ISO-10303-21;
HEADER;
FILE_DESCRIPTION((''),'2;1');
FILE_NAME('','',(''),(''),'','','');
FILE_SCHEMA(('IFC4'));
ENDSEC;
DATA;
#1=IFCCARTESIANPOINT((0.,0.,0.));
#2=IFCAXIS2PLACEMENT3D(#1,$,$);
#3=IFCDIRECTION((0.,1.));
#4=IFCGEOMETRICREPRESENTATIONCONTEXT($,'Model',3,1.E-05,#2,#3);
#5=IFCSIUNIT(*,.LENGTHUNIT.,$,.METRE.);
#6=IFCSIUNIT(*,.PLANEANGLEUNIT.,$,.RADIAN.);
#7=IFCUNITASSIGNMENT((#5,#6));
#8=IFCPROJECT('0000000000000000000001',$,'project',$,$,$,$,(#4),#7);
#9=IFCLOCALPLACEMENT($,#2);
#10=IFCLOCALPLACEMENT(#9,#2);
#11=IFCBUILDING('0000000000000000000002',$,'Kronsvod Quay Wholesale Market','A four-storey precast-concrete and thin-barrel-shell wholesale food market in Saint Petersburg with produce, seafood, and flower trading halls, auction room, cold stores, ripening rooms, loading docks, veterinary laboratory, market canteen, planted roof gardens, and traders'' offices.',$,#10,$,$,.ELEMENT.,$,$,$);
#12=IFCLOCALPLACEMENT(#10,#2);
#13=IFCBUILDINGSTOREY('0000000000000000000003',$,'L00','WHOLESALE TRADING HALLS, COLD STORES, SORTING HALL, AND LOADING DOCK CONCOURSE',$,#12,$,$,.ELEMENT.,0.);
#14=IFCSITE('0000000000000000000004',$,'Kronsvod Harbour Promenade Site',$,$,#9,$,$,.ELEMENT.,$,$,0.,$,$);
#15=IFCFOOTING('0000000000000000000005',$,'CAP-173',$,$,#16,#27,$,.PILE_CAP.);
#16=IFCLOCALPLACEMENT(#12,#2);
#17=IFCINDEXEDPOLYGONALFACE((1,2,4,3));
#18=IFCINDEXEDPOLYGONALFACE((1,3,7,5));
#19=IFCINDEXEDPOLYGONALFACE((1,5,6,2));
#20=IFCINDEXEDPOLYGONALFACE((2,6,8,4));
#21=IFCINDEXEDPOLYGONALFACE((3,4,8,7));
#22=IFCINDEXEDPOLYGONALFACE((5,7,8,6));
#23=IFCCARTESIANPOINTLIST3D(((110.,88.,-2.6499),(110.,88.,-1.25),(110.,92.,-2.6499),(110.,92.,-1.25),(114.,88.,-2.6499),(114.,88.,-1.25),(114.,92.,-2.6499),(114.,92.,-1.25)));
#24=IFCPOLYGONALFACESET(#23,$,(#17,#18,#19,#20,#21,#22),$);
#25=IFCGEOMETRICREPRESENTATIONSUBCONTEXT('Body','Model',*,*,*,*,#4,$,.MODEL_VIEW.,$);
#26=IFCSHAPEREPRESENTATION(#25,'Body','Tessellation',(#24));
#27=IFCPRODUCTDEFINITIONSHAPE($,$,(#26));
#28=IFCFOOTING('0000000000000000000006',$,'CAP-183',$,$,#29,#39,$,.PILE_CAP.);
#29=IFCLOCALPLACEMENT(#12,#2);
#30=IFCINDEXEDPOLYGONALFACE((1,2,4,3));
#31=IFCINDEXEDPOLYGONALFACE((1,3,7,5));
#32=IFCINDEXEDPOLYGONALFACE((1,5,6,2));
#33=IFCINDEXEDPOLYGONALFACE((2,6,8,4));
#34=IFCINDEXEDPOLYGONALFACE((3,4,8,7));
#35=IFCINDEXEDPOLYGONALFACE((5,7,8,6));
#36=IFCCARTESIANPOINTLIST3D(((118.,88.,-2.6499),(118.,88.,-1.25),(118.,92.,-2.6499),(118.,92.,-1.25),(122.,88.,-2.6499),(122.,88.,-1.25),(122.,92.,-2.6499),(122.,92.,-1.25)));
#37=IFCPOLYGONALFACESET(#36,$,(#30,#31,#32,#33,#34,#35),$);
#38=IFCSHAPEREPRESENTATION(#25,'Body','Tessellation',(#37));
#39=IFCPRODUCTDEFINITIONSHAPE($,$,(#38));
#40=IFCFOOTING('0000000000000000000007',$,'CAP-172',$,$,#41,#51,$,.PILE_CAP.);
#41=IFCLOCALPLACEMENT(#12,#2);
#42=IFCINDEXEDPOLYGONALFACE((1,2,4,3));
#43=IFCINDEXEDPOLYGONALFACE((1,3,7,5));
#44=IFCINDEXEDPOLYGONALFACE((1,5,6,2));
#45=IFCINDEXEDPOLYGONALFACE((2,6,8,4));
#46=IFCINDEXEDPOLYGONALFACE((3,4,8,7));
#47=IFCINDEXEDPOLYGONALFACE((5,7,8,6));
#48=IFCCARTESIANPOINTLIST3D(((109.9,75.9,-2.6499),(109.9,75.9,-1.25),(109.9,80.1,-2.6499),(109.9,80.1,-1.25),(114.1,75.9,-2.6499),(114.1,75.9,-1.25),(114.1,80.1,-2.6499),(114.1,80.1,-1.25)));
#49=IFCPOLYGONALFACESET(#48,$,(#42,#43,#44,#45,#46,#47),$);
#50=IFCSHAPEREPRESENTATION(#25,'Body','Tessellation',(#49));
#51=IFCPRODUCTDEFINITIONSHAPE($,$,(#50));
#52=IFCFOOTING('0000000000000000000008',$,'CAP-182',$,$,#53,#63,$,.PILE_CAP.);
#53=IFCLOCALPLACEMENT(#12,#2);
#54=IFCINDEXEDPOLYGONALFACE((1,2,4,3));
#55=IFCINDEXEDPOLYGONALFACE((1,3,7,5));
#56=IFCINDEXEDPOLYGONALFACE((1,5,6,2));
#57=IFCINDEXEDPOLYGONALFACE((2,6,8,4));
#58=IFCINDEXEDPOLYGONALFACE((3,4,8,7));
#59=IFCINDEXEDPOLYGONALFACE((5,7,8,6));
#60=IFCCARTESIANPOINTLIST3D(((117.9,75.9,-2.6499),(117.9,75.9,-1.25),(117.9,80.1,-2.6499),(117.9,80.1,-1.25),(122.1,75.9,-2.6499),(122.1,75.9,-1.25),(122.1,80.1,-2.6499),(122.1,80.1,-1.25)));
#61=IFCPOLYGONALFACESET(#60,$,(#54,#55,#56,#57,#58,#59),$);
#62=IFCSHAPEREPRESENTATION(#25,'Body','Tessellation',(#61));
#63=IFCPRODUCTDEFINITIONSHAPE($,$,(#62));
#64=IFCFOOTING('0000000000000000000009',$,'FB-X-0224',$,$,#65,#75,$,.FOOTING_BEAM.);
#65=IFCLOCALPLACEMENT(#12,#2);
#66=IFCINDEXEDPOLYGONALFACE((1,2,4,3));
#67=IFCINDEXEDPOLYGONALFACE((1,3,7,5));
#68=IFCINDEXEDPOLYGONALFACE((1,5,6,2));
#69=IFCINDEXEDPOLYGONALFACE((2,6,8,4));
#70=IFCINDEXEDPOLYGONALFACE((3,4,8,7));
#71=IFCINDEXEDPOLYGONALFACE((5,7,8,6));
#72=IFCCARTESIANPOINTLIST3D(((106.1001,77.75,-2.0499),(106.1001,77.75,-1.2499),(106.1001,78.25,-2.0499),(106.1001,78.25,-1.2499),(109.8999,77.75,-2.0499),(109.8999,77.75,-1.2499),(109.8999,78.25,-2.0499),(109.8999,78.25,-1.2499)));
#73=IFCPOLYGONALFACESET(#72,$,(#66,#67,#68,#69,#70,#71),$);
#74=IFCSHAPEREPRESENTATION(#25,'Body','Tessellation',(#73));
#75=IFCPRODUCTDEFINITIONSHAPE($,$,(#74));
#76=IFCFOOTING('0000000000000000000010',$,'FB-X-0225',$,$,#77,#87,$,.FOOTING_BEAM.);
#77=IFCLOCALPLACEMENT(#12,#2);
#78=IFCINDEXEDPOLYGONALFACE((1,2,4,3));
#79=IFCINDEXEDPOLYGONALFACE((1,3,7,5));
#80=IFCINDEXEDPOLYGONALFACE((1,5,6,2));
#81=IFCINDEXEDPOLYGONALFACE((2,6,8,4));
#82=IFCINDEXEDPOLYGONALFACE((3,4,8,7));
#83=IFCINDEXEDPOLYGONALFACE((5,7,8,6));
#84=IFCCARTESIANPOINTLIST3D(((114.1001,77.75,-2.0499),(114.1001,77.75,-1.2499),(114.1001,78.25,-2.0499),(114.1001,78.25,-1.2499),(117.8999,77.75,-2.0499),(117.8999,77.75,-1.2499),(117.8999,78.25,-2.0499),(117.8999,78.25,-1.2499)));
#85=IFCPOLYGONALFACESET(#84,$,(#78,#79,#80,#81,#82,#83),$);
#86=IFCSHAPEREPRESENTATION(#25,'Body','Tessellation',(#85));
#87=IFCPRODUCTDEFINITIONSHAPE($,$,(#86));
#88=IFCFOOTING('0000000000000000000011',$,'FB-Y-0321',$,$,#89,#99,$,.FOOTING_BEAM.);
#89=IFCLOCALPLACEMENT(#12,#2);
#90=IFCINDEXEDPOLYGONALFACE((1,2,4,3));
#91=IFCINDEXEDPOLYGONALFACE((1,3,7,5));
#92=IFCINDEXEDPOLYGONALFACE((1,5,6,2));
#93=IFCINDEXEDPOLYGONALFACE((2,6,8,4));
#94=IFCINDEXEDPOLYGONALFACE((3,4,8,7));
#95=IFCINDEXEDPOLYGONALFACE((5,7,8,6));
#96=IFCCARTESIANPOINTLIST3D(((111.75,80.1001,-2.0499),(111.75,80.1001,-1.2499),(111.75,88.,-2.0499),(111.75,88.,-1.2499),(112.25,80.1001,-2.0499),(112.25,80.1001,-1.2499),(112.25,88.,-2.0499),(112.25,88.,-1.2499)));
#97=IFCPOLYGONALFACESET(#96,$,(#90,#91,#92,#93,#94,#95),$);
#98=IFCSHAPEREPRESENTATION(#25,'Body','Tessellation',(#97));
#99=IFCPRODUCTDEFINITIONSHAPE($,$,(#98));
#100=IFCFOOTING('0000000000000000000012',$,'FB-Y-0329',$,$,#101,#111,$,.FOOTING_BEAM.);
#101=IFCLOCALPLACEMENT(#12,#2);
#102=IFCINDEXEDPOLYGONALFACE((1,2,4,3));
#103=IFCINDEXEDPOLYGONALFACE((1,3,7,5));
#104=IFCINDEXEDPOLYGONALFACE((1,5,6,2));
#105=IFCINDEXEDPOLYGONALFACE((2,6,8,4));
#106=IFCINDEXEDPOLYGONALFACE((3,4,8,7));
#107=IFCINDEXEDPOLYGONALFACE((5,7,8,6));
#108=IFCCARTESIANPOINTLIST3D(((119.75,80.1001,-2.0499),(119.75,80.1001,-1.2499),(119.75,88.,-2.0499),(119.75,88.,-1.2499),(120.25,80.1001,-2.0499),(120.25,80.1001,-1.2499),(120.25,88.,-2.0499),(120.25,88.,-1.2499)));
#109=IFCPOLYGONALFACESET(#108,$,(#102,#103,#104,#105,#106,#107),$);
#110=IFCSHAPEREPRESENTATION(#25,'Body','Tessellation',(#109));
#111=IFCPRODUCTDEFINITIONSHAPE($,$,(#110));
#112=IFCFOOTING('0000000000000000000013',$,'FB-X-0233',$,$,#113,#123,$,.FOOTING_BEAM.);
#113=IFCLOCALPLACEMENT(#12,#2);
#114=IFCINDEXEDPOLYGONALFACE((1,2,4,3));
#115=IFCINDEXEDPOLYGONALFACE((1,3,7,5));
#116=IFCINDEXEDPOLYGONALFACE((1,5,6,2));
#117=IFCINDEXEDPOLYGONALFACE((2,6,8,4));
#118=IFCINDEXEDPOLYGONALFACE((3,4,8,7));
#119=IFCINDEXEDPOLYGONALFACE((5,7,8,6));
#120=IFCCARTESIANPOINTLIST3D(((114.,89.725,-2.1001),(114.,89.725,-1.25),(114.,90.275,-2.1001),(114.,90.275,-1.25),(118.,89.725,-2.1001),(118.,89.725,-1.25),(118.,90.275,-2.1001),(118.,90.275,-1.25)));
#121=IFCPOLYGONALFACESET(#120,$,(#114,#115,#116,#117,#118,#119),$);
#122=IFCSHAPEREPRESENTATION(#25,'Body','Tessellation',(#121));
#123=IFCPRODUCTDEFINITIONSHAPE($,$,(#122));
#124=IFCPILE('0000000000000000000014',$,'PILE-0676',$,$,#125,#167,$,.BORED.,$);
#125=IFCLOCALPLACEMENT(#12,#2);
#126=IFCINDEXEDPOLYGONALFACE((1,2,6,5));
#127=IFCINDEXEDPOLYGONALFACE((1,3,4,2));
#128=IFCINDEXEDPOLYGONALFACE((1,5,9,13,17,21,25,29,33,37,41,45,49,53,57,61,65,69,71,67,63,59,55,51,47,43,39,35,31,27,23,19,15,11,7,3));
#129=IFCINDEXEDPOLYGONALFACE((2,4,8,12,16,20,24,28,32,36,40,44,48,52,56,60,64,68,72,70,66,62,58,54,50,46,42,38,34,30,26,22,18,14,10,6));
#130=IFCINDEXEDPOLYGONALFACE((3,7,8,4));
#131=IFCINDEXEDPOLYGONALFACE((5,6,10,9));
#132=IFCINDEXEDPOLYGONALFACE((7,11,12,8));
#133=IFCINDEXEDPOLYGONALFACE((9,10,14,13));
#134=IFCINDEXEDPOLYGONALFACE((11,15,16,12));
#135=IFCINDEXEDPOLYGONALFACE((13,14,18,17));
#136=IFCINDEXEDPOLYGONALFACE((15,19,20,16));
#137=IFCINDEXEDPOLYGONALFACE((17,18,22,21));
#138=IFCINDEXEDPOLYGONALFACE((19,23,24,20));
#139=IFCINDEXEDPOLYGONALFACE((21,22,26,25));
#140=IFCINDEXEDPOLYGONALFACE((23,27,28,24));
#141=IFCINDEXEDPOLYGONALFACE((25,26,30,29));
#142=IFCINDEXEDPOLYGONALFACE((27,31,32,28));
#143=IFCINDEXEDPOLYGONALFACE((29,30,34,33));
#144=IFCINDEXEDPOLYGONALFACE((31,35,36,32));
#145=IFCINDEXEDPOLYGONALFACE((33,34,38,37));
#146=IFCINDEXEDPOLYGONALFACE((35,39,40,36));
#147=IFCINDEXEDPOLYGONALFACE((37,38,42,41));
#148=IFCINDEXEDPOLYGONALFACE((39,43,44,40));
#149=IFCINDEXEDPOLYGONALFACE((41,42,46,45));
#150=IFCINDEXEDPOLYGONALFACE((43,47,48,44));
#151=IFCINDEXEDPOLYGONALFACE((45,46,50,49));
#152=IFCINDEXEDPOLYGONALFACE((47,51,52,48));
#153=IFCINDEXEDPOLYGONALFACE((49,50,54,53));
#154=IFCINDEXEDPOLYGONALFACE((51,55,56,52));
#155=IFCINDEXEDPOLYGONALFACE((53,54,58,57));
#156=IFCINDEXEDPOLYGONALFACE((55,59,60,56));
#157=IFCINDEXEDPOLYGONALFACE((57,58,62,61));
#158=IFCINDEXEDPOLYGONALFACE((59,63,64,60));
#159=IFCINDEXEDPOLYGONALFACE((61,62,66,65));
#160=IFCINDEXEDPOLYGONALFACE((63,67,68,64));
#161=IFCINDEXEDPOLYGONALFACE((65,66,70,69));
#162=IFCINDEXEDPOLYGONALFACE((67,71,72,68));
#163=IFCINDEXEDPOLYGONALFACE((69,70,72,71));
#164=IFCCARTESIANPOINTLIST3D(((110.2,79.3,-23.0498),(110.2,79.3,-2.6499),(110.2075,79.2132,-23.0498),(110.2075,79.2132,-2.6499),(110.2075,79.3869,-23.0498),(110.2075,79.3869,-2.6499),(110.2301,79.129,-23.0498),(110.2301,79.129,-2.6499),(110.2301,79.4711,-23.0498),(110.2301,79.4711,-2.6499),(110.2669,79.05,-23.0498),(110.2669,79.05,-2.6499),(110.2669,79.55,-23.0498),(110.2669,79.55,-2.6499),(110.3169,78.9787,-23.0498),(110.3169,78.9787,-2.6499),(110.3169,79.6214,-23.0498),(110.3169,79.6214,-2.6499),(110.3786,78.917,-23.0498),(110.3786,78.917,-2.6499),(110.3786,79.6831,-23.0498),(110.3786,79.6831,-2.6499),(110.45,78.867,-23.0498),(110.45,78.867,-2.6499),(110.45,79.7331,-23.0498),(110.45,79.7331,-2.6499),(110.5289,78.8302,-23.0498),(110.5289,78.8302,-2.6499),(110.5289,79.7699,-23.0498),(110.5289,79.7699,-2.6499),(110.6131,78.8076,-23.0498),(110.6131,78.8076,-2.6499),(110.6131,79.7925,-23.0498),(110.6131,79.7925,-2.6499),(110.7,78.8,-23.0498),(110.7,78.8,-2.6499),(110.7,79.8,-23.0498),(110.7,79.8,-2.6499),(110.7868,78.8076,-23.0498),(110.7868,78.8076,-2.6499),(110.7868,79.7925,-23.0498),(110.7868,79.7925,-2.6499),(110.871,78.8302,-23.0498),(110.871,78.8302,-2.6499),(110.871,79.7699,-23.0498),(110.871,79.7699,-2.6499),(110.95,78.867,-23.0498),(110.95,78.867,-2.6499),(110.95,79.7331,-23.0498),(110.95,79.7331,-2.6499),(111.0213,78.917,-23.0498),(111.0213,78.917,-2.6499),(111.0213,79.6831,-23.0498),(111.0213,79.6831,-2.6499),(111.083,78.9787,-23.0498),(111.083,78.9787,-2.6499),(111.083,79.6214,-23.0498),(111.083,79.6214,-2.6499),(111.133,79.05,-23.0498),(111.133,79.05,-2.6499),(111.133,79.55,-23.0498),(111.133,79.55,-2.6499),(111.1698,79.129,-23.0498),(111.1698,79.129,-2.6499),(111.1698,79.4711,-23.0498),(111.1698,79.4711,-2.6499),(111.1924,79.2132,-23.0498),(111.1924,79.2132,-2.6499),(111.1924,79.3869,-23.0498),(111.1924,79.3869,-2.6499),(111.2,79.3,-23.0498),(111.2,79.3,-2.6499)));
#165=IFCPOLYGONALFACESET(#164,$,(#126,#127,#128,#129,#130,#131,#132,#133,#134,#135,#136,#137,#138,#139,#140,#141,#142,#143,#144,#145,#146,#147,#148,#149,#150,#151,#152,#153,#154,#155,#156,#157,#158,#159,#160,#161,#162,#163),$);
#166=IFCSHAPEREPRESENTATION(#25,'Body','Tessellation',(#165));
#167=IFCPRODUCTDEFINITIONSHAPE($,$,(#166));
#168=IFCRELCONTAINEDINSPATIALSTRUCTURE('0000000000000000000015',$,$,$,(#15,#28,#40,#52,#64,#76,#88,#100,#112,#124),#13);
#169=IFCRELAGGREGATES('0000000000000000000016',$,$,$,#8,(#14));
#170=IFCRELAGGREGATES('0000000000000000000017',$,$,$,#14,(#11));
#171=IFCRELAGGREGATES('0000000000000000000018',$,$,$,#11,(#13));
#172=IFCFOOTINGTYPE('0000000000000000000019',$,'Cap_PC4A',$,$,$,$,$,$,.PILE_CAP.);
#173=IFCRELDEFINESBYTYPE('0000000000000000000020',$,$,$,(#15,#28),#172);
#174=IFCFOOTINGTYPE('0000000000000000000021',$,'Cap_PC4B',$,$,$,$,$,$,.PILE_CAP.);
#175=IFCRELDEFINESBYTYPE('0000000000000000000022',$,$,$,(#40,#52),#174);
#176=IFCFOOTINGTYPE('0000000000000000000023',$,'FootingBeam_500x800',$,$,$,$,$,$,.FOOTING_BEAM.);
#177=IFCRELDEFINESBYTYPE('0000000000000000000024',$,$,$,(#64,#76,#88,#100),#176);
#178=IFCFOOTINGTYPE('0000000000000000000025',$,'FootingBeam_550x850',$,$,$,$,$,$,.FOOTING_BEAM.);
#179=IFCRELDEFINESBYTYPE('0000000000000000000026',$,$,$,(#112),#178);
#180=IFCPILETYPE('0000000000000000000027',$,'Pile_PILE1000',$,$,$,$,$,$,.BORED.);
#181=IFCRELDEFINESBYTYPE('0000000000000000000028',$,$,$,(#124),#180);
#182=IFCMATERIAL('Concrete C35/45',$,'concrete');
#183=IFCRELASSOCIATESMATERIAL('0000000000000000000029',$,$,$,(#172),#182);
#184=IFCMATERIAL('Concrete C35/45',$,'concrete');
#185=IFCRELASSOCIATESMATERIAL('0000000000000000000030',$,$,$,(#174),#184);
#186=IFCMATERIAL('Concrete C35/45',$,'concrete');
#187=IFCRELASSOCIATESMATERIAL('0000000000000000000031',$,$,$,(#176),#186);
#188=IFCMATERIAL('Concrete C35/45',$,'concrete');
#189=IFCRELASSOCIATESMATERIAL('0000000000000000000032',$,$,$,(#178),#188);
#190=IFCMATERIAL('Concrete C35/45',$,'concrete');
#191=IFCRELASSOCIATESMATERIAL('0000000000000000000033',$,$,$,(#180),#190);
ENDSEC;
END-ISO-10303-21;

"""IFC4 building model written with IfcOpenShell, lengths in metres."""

from ifc_helpers import new_model, si_unit, direction, frame, origin, origin_2d, place, context, subcontext, project, spatial, rectangle, circle, extrude, material, material_profile, profile_set, type_object, element, save


model = new_model("IFC4")

# Units and contexts
model_context = context("Model", 3, precision=1e-05, world=origin(), true_north=direction((0.0, 1.0)))
body_context = subcontext(model_context, "Body", "Model", "MODEL_VIEW")
ifc_project = project(units=[si_unit("LENGTHUNIT", "METRE"), si_unit("PLANEANGLEUNIT", "RADIAN")], contexts=[model_context])

# Site, building, storey
site_placement = place(None, origin())
site = spatial("IfcSite", under=ifc_project, at=site_placement, Name="Kronsvod Harbour Promenade Site", CompositionType="ELEMENT", RefElevation=0.0)
building_placement = place(site_placement, origin())
building = spatial("IfcBuilding", under=site, at=building_placement, Name="Kronsvod Quay Wholesale Market", Description="A four-storey precast-concrete and thin-barrel-shell wholesale food market in Saint Petersburg with produce, seafood, and flower trading halls, auction room, cold stores, ripening rooms, loading docks, veterinary laboratory, market canteen, planted roof gardens, and traders' offices.", CompositionType="ELEMENT")
storey_placement = place(building_placement, origin())
storey = spatial("IfcBuildingStorey", under=building, at=storey_placement, Name="L00", Description="WHOLESALE TRADING HALLS, COLD STORES, SORTING HALL, AND LOADING DOCK CONCOURSE", CompositionType="ELEMENT", Elevation=0.0)

# Footings
ifc_material_1 = material(Name="Concrete C35/45", Category="concrete")
footing_type_1 = type_object("IfcFootingType", Name="Cap_PC4A", PredefinedType="PILE_CAP", material=ifc_material_1)
for number, where, z_axis, x_axis, name in (
    (1, (112.0, 90.0, -2.6499), (0.0, 0.0, 1.0), (1.0, 0.0, 0.0), "CAP-173"),
    (2, (120.0, 90.0, -2.6499), (0.0, 0.0, 1.0), (1.0, 0.0, 0.0), "CAP-183"),
):
    element("IfcFooting", number, at=place(storey_placement, frame(where, z_axis=z_axis, x_axis=x_axis)), inside=storey, type_object=footing_type_1, Name=name, PredefinedType="PILE_CAP", context=body_context, shape_type="SweptSolid", body=[
        extrude(rectangle(XDim=4.0, YDim=4.0, at=origin_2d()), origin(), (0.0, 0.0, 1.0), 1.3999),
    ])
ifc_material_2 = material(Name="Concrete C35/45", Category="concrete")
footing_type_2 = type_object("IfcFootingType", Name="Cap_PC4B", PredefinedType="PILE_CAP", material=ifc_material_2)
for number, where, z_axis, x_axis, name in (
    (3, (112.0, 78.0, -2.6499), (0.0, 0.0, 1.0), (1.0, 0.0, 0.0), "CAP-172"),
    (4, (120.0, 78.0, -2.6499), (0.0, 0.0, 1.0), (1.0, 0.0, 0.0), "CAP-182"),
):
    element("IfcFooting", number, at=place(storey_placement, frame(where, z_axis=z_axis, x_axis=x_axis)), inside=storey, type_object=footing_type_2, Name=name, PredefinedType="PILE_CAP", context=body_context, shape_type="SweptSolid", body=[
        extrude(rectangle(XDim=4.2, YDim=4.2, at=origin_2d()), origin(), (0.0, 0.0, 1.0), 1.3999),
    ])
ifc_material_3 = material(Name="Concrete C35/45", Category="concrete")
ifc_material_profile_1 = material_profile(ifc_material_3, rectangle(XDim=0.5, YDim=0.8, at=origin_2d()), Name="FB-01")
ifc_profile_set_1 = profile_set([ifc_material_profile_1], Name="Concrete C35/45")
footing_type_3 = type_object("IfcFootingType", Name="FootingBeam_500x800", PredefinedType="FOOTING_BEAM", material=ifc_profile_set_1)
for number, where, z_axis, x_axis, name in (
    (5, (106.1001, 78.0, -1.6499), (1.0, 0.0, 0.0), (0.0, 1.0, 0.0), "FB-X-0224"),
    (6, (114.1001, 78.0, -1.6499), (1.0, 0.0, 0.0), (0.0, 1.0, 0.0), "FB-X-0225"),
):
    element("IfcFooting", number, at=place(storey_placement, frame(where, z_axis=z_axis, x_axis=x_axis)), inside=storey, type_object=footing_type_3, Name=name, PredefinedType="FOOTING_BEAM", context=body_context, shape_type="SweptSolid", body=[
        extrude(rectangle(XDim=0.5, YDim=0.8, at=origin_2d()), origin(), (0.0, 0.0, 1.0), 3.7998),
    ])
for number, where, z_axis, x_axis, name in (
    (7, (112.0, 80.1001, -1.6499), (0.0, 1.0, 0.0), (-1.0, 0.0, 0.0), "FB-Y-0321"),
    (8, (120.0, 80.1001, -1.6499), (0.0, 1.0, 0.0), (-1.0, 0.0, 0.0), "FB-Y-0329"),
):
    element("IfcFooting", number, at=place(storey_placement, frame(where, z_axis=z_axis, x_axis=x_axis)), inside=storey, type_object=footing_type_3, Name=name, PredefinedType="FOOTING_BEAM", context=body_context, shape_type="SweptSolid", body=[
        extrude(rectangle(XDim=0.5, YDim=0.8, at=origin_2d()), origin(), (0.0, 0.0, 1.0), 7.8999),
    ])
ifc_material_4 = material(Name="Concrete C35/45", Category="concrete")
ifc_material_profile_2 = material_profile(ifc_material_4, rectangle(XDim=0.55, YDim=0.8501, at=origin_2d()), Name="FB-03")
ifc_profile_set_2 = profile_set([ifc_material_profile_2], Name="Concrete C35/45")
footing_type_4 = type_object("IfcFootingType", Name="FootingBeam_550x850", PredefinedType="FOOTING_BEAM", material=ifc_profile_set_2)
footing_placement = place(storey_placement, frame((114.0, 90.0, -1.675), z_axis=(1.0, 0.0, 0.0), x_axis=(0.0, 1.0, 0.0)))
element("IfcFooting", 9, at=footing_placement, inside=storey, type_object=footing_type_4, Name="FB-X-0233", PredefinedType="FOOTING_BEAM", context=body_context, shape_type="SweptSolid", body=[
    extrude(rectangle(XDim=0.55, YDim=0.8501, at=origin_2d()), origin(), (0.0, 0.0, 1.0), 4.0),
])

# Pile
ifc_material_5 = material(Name="Concrete C35/45", Category="concrete")
ifc_material_profile_3 = material_profile(ifc_material_5, circle(Radius=0.5, at=origin_2d()), Name="PILE1000")
ifc_profile_set_3 = profile_set([ifc_material_profile_3], Name="Concrete C35/45")
pile_type_1 = type_object("IfcPileType", Name="Pile_PILE1000", PredefinedType="BORED", material=ifc_profile_set_3)
for number, where, z_axis, x_axis, name in (
    (10, (110.7, 79.3, -2.6499), (0.0, 0.0, -1.0), (1.0, 0.0, 0.0), "PILE-0676"),
):
    element("IfcPile", number, at=place(storey_placement, frame(where, z_axis=z_axis, x_axis=x_axis)), inside=storey, type_object=pile_type_1, Name=name, PredefinedType="BORED", context=body_context, shape_type="SweptSolid", body=[
        extrude(circle(Radius=0.5, at=origin_2d()), origin(), (0.0, 0.0, 1.0), 20.3999),
    ])

save(model, "model.ifc")
